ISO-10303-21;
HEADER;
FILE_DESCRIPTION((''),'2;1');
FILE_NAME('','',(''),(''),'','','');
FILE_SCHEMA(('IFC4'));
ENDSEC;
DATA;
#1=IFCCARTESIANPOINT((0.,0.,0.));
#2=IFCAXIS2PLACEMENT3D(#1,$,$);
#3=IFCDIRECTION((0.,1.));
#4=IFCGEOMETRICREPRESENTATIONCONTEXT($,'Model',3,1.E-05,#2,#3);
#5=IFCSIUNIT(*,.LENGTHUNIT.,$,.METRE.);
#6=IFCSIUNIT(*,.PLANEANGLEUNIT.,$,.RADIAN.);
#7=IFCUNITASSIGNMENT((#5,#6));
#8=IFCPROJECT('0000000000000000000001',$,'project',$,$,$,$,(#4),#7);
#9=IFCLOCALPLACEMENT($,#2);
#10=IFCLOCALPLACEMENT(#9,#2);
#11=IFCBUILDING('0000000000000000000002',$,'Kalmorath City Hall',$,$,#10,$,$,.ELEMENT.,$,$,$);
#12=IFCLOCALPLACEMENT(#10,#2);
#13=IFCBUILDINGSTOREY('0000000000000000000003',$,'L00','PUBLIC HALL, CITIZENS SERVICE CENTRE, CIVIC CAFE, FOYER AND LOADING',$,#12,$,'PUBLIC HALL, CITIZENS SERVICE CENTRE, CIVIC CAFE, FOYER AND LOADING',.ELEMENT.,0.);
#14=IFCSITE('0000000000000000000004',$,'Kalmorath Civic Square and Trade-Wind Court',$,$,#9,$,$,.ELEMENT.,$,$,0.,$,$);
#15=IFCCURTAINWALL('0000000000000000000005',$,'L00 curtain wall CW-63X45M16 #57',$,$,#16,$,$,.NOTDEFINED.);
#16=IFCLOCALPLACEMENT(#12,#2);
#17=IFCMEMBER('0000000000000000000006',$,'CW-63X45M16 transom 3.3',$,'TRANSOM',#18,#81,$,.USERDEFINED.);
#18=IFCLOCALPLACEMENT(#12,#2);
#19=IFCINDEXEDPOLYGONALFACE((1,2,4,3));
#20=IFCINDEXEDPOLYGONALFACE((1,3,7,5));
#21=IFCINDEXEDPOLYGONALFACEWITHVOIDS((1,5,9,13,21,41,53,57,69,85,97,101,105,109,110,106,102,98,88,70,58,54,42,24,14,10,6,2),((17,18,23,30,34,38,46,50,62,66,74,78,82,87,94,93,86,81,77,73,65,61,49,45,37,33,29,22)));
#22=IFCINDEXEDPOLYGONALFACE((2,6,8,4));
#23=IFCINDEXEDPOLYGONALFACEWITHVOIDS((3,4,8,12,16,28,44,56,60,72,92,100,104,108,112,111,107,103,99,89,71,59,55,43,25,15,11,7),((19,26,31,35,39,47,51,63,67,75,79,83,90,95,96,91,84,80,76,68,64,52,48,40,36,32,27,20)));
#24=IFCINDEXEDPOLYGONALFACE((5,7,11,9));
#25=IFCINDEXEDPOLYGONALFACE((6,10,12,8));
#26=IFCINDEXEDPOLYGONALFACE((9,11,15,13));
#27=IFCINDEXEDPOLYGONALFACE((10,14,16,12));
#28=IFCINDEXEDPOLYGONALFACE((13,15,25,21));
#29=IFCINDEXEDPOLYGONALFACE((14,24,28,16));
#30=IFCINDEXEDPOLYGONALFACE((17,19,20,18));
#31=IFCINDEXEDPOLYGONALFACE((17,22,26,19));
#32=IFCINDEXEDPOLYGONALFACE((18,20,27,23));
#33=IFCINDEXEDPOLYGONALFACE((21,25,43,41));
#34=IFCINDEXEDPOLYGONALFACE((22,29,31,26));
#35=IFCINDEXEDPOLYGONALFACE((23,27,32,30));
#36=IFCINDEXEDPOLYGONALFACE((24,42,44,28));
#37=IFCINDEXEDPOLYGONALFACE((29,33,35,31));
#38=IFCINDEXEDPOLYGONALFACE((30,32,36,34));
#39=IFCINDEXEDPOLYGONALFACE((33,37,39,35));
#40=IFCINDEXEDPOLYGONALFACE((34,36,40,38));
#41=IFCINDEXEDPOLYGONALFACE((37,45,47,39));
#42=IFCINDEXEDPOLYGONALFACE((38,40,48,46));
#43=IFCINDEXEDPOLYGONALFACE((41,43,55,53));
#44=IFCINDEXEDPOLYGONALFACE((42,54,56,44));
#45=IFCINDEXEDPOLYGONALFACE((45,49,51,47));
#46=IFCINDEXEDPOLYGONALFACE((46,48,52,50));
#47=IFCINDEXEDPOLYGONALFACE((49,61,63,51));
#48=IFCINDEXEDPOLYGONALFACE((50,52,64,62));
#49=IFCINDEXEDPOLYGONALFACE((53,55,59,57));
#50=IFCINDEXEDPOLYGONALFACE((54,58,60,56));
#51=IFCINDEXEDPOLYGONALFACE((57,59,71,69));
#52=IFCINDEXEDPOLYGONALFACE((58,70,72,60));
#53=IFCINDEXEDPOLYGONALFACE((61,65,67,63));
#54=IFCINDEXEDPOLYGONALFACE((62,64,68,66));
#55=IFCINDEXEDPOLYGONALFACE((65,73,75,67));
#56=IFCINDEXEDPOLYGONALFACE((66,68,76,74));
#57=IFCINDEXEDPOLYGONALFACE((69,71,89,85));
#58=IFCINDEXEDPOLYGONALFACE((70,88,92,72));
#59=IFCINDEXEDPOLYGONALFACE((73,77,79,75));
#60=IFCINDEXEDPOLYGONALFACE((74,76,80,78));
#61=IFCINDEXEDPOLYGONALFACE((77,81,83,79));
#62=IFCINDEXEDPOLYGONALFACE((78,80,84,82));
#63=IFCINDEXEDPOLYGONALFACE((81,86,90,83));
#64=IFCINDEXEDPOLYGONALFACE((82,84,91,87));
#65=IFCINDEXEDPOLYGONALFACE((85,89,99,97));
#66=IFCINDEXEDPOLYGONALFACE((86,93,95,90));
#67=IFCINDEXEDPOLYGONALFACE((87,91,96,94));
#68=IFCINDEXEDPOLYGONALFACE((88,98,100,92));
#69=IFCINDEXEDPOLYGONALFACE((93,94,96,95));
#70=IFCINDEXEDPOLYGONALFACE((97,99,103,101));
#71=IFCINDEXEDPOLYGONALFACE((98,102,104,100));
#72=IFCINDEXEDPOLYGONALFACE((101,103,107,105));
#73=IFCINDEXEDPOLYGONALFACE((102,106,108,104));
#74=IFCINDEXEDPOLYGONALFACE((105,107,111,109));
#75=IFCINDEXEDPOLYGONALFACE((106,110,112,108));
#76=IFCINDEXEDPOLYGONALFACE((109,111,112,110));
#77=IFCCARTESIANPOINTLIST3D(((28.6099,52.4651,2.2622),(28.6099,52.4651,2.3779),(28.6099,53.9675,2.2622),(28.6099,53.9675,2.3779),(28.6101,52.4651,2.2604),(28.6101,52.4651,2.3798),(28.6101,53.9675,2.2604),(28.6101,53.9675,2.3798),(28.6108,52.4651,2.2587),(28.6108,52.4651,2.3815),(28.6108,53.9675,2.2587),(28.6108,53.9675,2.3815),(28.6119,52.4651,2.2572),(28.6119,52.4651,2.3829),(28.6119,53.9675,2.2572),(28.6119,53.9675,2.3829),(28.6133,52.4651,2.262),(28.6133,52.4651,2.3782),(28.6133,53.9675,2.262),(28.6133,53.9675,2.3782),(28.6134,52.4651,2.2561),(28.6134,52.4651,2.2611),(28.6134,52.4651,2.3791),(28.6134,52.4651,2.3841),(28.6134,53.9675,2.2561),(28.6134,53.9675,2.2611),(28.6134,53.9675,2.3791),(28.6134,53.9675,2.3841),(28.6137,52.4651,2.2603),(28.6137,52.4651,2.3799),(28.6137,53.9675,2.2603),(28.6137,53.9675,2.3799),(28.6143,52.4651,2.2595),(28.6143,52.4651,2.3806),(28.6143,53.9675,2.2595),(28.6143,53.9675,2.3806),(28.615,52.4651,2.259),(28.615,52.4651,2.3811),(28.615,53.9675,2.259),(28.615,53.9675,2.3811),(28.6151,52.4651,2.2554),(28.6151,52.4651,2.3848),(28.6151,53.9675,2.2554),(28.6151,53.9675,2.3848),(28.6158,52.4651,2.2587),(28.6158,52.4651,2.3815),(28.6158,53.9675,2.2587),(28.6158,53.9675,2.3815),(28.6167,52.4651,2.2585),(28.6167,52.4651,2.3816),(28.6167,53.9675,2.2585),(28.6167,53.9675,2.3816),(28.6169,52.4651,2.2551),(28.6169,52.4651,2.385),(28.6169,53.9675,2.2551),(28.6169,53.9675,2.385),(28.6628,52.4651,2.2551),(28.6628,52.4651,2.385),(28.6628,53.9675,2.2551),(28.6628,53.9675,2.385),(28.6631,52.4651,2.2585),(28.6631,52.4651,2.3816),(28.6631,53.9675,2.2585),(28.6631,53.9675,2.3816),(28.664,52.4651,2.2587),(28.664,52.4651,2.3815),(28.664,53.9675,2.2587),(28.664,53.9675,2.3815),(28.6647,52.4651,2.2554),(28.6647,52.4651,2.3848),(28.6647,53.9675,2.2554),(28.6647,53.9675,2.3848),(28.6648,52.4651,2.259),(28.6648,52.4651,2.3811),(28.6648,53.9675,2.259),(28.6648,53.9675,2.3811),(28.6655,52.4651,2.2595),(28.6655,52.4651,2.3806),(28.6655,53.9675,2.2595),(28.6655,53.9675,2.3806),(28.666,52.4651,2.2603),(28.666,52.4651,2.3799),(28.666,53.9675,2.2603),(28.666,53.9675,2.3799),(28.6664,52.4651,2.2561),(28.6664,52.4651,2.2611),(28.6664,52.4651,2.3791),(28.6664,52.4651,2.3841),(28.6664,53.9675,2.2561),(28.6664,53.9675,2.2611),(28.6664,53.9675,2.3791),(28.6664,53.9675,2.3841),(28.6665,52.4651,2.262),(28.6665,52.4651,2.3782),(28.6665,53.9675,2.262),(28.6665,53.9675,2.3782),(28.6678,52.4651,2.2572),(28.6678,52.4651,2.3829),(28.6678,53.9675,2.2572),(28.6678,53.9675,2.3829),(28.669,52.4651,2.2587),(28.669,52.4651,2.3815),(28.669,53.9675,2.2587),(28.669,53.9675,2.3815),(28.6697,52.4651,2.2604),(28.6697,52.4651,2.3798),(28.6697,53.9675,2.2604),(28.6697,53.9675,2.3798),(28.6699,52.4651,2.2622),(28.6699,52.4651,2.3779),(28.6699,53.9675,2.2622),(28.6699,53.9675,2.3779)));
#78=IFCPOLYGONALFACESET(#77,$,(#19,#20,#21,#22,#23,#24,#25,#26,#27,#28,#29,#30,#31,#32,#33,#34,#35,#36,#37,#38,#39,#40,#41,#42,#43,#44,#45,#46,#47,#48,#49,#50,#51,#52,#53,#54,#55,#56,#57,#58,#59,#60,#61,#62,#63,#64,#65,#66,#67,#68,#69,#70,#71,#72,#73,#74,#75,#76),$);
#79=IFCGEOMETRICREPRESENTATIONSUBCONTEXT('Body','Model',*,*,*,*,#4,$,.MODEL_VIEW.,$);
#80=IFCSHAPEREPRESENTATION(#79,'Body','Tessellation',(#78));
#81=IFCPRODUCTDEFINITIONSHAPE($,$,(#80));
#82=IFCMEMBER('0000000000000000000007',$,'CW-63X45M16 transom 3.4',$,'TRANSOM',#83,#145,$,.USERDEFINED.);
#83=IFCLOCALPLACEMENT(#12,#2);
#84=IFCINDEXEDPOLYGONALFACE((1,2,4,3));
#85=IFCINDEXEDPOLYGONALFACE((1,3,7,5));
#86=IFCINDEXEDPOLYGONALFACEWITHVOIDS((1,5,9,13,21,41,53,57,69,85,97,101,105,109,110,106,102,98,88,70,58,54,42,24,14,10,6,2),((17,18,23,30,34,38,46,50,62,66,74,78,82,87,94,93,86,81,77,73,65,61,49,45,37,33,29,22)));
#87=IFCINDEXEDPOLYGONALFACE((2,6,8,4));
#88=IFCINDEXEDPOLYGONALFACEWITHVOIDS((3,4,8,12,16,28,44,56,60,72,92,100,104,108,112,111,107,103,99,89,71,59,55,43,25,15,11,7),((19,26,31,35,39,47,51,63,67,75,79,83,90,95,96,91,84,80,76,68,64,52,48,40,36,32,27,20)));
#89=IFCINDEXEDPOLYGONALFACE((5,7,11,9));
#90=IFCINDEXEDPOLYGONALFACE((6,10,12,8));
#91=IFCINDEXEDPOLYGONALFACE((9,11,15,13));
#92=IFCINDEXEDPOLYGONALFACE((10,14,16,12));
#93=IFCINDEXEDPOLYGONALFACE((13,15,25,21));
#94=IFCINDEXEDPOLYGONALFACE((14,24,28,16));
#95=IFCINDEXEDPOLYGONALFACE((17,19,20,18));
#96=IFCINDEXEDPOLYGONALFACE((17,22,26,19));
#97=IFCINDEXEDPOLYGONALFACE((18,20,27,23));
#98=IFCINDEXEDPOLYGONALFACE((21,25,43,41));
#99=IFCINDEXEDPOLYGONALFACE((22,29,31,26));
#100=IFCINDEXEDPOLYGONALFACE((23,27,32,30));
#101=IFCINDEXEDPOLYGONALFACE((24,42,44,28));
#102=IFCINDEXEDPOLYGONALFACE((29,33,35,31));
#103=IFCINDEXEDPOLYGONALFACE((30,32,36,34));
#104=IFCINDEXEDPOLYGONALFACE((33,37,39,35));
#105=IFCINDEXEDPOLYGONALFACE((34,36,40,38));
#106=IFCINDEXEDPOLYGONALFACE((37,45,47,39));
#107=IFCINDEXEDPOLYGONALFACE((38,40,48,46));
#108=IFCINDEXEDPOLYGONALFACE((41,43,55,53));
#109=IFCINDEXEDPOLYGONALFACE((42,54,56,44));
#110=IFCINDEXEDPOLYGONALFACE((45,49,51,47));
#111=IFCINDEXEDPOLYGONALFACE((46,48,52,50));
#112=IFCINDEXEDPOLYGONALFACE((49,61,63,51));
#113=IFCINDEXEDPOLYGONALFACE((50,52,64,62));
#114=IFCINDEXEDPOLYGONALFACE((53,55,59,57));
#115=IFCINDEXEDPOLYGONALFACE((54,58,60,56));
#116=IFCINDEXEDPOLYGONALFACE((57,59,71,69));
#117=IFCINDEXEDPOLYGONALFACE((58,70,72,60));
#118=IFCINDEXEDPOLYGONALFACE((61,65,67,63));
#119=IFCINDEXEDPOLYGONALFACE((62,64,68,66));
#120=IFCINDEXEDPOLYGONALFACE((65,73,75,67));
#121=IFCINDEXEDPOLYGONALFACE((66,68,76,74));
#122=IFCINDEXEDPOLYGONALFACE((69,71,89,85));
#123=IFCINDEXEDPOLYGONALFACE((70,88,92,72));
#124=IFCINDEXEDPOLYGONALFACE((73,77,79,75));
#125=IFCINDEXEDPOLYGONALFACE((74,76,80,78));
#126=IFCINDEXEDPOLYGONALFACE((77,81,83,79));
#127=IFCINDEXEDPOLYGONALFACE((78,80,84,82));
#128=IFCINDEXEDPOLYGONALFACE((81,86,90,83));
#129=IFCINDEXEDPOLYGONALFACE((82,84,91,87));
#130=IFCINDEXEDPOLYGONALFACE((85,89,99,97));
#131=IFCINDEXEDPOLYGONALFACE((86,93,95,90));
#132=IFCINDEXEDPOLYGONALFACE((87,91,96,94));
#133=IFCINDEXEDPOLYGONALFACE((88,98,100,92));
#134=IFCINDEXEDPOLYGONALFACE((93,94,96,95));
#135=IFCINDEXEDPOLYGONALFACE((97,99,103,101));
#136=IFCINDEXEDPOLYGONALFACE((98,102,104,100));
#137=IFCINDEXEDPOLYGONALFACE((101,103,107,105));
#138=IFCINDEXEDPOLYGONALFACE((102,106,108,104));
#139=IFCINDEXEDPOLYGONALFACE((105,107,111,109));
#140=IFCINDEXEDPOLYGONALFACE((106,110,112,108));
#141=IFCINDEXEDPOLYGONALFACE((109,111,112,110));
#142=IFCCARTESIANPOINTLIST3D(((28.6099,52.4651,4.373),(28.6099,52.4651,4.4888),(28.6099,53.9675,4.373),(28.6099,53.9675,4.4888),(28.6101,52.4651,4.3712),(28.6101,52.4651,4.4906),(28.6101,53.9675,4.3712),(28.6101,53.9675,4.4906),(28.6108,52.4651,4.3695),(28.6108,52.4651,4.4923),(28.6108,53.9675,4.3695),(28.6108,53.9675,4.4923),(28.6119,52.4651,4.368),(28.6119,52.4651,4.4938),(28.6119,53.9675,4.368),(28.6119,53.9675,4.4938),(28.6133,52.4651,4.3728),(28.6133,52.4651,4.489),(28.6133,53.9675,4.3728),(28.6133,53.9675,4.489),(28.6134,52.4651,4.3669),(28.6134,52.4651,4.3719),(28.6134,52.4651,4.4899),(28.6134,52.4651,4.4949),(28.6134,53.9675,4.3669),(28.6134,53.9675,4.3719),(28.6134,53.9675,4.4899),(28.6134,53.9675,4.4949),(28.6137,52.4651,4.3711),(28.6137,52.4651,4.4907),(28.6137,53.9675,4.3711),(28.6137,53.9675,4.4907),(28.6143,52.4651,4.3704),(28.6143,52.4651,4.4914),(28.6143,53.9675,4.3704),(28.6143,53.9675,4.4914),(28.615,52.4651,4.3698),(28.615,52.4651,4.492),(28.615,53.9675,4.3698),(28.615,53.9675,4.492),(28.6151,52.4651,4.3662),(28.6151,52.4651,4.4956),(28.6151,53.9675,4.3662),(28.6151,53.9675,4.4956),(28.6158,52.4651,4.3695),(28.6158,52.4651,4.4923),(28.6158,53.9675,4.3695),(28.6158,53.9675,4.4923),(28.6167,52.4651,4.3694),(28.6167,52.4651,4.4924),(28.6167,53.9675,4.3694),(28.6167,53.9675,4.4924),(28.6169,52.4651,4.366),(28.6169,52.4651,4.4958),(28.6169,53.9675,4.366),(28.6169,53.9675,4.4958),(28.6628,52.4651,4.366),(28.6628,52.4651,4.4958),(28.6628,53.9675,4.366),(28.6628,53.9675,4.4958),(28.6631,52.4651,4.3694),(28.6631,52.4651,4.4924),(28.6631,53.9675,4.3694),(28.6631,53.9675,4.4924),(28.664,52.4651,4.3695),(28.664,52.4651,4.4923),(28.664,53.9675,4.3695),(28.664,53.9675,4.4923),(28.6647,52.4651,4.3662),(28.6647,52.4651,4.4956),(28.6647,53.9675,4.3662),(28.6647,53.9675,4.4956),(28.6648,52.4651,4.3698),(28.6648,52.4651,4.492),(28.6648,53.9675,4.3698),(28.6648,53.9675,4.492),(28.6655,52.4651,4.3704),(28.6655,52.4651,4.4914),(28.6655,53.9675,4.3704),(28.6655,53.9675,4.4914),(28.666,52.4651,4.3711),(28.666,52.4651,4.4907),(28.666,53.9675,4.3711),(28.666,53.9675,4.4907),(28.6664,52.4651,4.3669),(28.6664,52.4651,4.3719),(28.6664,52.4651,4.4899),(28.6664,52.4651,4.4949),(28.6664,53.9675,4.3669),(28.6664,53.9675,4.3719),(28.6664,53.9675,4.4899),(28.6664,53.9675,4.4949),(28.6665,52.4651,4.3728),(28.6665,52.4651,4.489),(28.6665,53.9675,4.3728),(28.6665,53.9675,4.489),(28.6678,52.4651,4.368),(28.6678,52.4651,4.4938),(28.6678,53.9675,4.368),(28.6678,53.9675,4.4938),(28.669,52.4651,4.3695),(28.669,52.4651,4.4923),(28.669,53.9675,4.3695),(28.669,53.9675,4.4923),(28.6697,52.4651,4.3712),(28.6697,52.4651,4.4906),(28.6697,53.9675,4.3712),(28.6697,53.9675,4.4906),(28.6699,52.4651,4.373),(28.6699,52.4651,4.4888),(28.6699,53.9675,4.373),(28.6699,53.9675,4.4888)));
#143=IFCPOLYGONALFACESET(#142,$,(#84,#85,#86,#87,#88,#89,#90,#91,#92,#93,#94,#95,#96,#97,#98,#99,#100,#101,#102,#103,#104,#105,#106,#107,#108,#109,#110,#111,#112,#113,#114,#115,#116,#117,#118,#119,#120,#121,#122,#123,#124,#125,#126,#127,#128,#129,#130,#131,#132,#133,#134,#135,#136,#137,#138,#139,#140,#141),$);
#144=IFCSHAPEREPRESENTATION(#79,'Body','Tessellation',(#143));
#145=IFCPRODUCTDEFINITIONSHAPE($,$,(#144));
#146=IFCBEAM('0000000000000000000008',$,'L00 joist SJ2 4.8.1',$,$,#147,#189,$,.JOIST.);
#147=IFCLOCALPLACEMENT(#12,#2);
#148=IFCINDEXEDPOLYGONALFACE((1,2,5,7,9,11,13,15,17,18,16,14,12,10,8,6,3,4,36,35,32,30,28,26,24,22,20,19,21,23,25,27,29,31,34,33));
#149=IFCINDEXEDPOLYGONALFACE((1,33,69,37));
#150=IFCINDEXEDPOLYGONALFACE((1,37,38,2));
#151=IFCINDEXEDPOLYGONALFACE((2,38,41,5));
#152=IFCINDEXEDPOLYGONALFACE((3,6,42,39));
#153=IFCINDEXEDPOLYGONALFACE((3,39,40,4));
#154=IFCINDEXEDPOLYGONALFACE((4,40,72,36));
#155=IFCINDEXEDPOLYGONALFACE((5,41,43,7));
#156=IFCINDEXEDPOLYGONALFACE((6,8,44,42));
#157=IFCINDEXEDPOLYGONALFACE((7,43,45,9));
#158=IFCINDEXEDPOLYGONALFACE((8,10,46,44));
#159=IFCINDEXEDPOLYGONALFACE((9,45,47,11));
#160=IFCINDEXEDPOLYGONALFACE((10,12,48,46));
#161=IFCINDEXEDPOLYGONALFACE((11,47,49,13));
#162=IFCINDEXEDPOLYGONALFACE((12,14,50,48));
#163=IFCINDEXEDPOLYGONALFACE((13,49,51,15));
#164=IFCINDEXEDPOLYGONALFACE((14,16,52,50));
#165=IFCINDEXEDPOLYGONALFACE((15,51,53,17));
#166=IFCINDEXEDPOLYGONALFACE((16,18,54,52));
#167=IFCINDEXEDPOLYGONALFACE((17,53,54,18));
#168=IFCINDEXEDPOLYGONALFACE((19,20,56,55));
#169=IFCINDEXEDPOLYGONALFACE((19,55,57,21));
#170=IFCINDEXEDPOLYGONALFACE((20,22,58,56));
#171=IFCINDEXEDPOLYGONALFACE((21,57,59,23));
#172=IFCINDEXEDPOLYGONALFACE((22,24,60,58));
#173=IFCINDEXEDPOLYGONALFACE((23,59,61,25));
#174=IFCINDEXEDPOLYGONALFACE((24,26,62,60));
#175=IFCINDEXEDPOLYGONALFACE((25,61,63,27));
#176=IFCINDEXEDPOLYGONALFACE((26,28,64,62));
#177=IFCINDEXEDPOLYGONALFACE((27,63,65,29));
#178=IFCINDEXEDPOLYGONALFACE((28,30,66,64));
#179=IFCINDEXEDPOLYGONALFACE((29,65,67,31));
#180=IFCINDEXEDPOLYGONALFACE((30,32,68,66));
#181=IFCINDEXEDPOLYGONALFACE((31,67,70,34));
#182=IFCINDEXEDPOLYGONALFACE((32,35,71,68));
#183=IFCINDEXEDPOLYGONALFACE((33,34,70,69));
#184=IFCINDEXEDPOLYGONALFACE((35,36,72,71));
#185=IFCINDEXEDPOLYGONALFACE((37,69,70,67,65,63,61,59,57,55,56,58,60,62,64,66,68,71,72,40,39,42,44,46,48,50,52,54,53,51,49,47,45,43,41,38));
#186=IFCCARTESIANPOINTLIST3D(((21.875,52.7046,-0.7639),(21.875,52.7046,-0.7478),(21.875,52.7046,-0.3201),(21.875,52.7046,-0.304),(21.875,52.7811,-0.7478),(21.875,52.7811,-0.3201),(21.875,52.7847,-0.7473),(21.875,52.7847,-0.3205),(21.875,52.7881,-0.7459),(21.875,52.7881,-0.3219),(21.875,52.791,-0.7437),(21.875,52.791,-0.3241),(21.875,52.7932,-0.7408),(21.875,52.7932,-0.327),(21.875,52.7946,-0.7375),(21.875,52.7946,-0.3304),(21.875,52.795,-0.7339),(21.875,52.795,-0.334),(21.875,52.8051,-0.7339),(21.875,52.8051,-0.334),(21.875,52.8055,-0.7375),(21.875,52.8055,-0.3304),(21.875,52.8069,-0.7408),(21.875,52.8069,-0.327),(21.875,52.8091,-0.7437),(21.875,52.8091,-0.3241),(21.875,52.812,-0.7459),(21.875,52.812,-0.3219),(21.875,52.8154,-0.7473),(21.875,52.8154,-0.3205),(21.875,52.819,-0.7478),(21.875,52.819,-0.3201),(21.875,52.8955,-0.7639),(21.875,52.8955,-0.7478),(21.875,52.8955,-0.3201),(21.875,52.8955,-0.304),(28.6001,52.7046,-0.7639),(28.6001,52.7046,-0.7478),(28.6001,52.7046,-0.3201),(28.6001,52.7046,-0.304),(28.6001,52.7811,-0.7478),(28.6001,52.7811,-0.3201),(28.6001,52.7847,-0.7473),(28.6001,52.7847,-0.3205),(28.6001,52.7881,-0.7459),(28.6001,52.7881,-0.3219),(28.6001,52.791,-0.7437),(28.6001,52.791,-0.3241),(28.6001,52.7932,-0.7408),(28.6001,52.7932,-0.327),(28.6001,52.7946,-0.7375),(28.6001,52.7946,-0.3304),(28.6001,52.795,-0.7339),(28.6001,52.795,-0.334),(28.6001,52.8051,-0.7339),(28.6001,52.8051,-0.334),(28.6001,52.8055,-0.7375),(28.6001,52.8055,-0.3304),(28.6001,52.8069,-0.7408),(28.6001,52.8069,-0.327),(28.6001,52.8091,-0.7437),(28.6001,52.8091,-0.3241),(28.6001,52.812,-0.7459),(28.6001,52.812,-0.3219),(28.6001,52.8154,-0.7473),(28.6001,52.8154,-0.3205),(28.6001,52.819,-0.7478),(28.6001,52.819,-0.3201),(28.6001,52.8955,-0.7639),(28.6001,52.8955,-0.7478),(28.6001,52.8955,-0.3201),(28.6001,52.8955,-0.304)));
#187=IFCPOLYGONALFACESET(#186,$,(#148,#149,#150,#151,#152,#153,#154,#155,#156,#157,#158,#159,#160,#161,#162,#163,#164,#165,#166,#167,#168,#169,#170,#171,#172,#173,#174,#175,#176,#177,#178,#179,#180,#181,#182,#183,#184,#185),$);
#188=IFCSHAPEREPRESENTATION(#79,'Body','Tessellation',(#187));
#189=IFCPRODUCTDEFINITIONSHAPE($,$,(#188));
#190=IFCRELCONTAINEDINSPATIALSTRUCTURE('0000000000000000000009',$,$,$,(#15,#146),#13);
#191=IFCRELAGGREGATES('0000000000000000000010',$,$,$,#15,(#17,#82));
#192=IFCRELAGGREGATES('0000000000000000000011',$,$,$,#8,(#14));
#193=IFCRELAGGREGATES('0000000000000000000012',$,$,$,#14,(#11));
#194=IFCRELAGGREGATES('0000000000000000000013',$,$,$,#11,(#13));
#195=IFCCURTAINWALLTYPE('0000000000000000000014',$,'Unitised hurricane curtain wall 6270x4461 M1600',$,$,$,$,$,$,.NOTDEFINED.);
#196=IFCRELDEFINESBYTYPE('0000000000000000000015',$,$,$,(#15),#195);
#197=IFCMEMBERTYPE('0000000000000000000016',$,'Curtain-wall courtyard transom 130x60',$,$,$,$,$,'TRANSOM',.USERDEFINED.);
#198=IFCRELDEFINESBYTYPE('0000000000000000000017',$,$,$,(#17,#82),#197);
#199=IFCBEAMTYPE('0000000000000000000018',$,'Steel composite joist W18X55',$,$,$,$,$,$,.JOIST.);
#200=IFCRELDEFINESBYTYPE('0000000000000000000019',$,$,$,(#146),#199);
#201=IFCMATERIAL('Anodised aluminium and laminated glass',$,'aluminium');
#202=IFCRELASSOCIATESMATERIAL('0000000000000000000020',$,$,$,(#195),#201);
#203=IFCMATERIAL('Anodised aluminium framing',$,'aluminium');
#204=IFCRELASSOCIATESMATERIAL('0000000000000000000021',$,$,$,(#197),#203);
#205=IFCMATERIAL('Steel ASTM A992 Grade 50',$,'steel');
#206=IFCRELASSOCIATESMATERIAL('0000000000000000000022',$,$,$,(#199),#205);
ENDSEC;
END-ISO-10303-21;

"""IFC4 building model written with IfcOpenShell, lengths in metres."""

from ifc_helpers import new_model, si_unit, direction, frame, origin, origin_2d, place, context, subcontext, project, spatial, hollow_rectangle, i_section, extrude, material, material_profile, profile_set, type_object, element, aggregate, save


model = new_model("IFC4")

# Units and contexts
model_context = context("Model", 3, precision=1e-05, world=origin(), true_north=direction((0.0, 1.0)))
body_context = subcontext(model_context, "Body", "Model", "MODEL_VIEW")
ifc_project = project(units=[si_unit("LENGTHUNIT", "METRE"), si_unit("PLANEANGLEUNIT", "RADIAN")], contexts=[model_context])

# Site, building, storey
site_placement = place(None, origin())
site = spatial("IfcSite", under=ifc_project, at=site_placement, Name="Kalmorath Civic Square and Trade-Wind Court", CompositionType="ELEMENT", RefElevation=0.0)
building_placement = place(site_placement, origin())
building = spatial("IfcBuilding", under=site, at=building_placement, Name="Kalmorath City Hall", CompositionType="ELEMENT")
storey_placement = place(building_placement, origin())
storey = spatial("IfcBuildingStorey", under=building, at=storey_placement, Name="L00", Description="PUBLIC HALL, CITIZENS SERVICE CENTRE, CIVIC CAFE, FOYER AND LOADING", LongName="PUBLIC HALL, CITIZENS SERVICE CENTRE, CIVIC CAFE, FOYER AND LOADING", CompositionType="ELEMENT", Elevation=0.0)

# Curtain wall, members
ifc_material_1 = material(Name="Anodised aluminium and laminated glass", Category="aluminium")
curtain_wall_type = type_object("IfcCurtainWallType", Name="Unitised hurricane curtain wall 6270x4461 M1600", PredefinedType="NOTDEFINED", material=ifc_material_1)
curtain_wall_placement = place(storey_placement, origin())
curtain_wall = element("IfcCurtainWall", 1, at=curtain_wall_placement, inside=storey, type_object=curtain_wall_type, Name="L00 curtain wall CW-63X45M16 #57", PredefinedType="NOTDEFINED")
ifc_material_2 = material(Name="Anodised aluminium framing", Category="aluminium")
ifc_material_profile_1 = material_profile(ifc_material_2, hollow_rectangle(XDim=0.0601, YDim=0.1299, WallThickness=0.0034, InnerFilletRadius=0.0034, OuterFilletRadius=0.0071, at=origin_2d()), Name="ALU-TRN-130X60X3.5")
ifc_profile_set_1 = profile_set([ifc_material_profile_1], Name="Anodised aluminium framing")
member_type_1 = type_object("IfcMemberType", Name="Curtain-wall courtyard transom 130x60", ElementType="TRANSOM", PredefinedType="USERDEFINED", material=ifc_profile_set_1)
member_1_placement = place(storey_placement, frame((28.6399, 53.9675, 2.3201), z_axis=(0.0, -1.0, 0.0), x_axis=(1.0, 0.0, 0.0)))
member_1 = element("IfcMember", 2, at=member_1_placement, type_object=member_type_1, Name="CW-63X45M16 transom 3.3", ObjectType="TRANSOM", PredefinedType="USERDEFINED", context=body_context, shape_type="SweptSolid", body=[
    extrude(hollow_rectangle(XDim=0.0601, YDim=0.1299, WallThickness=0.0034, InnerFilletRadius=0.0034, OuterFilletRadius=0.0071, at=origin_2d()), origin(), (0.0, 0.0, 1.0), 1.5024),
])
member_2_placement = place(storey_placement, frame((28.6399, 53.9675, 4.4309), z_axis=(0.0, -1.0, 0.0), x_axis=(1.0, 0.0, 0.0)))
member_2 = element("IfcMember", 3, at=member_2_placement, type_object=member_type_1, Name="CW-63X45M16 transom 3.4", ObjectType="TRANSOM", PredefinedType="USERDEFINED", context=body_context, shape_type="SweptSolid", body=[
    extrude(hollow_rectangle(XDim=0.0601, YDim=0.1299, WallThickness=0.0034, InnerFilletRadius=0.0034, OuterFilletRadius=0.0071, at=origin_2d()), origin(), (0.0, 0.0, 1.0), 1.5024),
])

# Beam
ifc_material_3 = material(Name="Steel ASTM A992 Grade 50", Category="steel")
ifc_material_profile_2 = material_profile(ifc_material_3, i_section(OverallWidth=0.1909, OverallDepth=0.46, WebThickness=0.01, FlangeThickness=0.0161, FilletRadius=0.0139, at=origin_2d()), Name="W18X55")
ifc_profile_set_2 = profile_set([ifc_material_profile_2], Name="Steel ASTM A992 Grade 50")
beam_type = type_object("IfcBeamType", Name="Steel composite joist W18X55", PredefinedType="JOIST", material=ifc_profile_set_2)
for number, where, z_axis, x_axis, name in (
    (4, (21.875, 52.8, -0.5339), (1.0, 0.0, 0.0), (0.0, 1.0, 0.0), "L00 joist SJ2 4.8.1"),
):
    element("IfcBeam", number, at=place(storey_placement, frame(where, z_axis=z_axis, x_axis=x_axis)), inside=storey, type_object=beam_type, Name=name, PredefinedType="JOIST", context=body_context, shape_type="SweptSolid", body=[
        extrude(i_section(OverallWidth=0.1909, OverallDepth=0.46, WebThickness=0.01, FlangeThickness=0.0161, FilletRadius=0.0139, at=origin_2d()), origin(), (0.0, 0.0, 1.0), 6.7251),
    ])

aggregate(curtain_wall, [member_1, member_2])

save(model, "model.ifc")
